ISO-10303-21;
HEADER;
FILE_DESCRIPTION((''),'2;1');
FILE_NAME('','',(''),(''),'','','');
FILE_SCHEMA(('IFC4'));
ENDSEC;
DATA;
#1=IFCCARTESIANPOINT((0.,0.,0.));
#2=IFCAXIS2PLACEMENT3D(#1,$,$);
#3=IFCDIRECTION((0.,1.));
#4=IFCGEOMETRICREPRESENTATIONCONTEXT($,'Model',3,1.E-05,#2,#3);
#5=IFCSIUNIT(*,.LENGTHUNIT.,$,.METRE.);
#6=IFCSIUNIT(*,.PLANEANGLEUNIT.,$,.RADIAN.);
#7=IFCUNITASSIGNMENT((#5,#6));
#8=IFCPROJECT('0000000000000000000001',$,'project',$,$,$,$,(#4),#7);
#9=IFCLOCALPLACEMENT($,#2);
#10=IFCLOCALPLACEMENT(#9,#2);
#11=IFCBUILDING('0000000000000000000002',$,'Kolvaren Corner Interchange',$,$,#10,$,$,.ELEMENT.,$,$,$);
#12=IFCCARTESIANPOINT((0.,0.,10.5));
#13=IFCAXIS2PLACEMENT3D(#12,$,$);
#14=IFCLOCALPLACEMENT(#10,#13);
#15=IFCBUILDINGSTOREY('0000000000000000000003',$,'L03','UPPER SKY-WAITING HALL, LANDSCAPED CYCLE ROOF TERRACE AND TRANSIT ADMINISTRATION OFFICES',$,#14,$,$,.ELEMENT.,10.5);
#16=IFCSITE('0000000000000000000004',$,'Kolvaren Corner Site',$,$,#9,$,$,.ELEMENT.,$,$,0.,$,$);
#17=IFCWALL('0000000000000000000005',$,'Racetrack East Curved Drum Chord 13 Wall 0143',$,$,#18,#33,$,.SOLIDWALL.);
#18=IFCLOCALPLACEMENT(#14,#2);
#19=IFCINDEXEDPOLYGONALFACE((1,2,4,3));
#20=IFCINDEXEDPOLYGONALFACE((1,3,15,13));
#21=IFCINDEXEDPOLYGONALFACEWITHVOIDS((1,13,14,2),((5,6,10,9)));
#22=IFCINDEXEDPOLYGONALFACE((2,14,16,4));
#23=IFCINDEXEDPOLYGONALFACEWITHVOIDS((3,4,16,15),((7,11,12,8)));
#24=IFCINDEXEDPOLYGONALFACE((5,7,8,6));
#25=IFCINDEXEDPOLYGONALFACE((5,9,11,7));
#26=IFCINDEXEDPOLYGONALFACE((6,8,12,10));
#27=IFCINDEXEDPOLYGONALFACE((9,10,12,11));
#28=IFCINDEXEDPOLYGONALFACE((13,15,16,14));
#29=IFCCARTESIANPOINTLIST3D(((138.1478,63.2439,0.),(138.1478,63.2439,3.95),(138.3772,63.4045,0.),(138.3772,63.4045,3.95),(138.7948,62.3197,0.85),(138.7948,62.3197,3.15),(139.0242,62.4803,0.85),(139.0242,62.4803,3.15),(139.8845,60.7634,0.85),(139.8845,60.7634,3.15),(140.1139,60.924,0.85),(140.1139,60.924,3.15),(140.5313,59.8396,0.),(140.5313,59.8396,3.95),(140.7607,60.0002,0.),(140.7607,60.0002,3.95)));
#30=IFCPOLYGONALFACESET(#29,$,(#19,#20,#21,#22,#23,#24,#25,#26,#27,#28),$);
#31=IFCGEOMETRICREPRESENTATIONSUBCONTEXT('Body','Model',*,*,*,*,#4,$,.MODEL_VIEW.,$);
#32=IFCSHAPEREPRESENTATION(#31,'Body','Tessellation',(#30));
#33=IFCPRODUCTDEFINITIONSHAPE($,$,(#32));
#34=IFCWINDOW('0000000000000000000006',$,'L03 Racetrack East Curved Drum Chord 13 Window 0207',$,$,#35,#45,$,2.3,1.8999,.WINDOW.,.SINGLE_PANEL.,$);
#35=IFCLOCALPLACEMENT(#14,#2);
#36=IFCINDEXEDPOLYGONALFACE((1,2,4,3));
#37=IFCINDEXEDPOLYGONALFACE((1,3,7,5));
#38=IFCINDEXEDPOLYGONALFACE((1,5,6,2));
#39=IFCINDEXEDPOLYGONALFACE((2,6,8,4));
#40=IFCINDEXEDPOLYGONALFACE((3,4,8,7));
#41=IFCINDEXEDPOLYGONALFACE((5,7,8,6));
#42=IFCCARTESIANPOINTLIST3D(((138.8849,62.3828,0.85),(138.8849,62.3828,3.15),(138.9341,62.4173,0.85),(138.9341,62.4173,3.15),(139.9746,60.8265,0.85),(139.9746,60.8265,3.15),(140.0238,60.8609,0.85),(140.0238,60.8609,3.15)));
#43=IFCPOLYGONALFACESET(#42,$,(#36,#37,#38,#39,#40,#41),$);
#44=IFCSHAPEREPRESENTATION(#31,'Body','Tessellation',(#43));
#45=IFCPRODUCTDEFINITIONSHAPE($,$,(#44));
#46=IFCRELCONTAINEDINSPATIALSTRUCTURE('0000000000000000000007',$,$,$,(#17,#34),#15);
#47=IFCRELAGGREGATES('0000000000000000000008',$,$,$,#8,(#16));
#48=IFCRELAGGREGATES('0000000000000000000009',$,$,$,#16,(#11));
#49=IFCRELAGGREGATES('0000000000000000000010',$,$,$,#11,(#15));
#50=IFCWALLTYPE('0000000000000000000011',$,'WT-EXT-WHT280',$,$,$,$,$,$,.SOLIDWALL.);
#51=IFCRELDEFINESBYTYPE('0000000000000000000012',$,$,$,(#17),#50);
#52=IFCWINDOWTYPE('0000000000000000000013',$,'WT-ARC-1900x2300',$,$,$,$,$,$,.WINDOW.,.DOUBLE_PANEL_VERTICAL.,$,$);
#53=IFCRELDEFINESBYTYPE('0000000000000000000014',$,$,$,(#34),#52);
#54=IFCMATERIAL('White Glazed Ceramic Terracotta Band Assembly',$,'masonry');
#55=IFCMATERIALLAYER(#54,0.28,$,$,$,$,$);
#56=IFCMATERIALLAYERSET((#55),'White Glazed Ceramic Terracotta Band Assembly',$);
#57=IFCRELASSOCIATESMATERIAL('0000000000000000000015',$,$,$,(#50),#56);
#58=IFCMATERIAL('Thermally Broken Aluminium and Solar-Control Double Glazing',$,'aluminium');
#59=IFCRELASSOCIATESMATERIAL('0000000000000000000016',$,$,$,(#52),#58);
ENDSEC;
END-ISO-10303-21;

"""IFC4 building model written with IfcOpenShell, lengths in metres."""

from ifc_helpers import new_model, si_unit, direction, frame, frame_2d, origin, place, context, subcontext, project, spatial, rectangle, extrude, material, layer, layer_set, type_object, element, fill, save


model = new_model("IFC4")

# Units and contexts
model_context = context("Model", 3, precision=1e-05, world=origin(), true_north=direction((0.0, 1.0)))
body_context = subcontext(model_context, "Body", "Model", "MODEL_VIEW")
ifc_project = project(units=[si_unit("LENGTHUNIT", "METRE"), si_unit("PLANEANGLEUNIT", "RADIAN")], contexts=[model_context])

# Site, building, storey
site_placement = place(None, origin())
site = spatial("IfcSite", under=ifc_project, at=site_placement, Name="Kolvaren Corner Site", CompositionType="ELEMENT", RefElevation=0.0)
building_placement = place(site_placement, origin())
building = spatial("IfcBuilding", under=site, at=building_placement, Name="Kolvaren Corner Interchange", CompositionType="ELEMENT")
storey_placement = place(building_placement, frame((0.0, 0.0, 10.5)))
storey = spatial("IfcBuildingStorey", under=building, at=storey_placement, Name="L03", Description="UPPER SKY-WAITING HALL, LANDSCAPED CYCLE ROOF TERRACE AND TRANSIT ADMINISTRATION OFFICES", CompositionType="ELEMENT", Elevation=10.5)

# Wall, opening, window
ifc_material_1 = material(Name="White Glazed Ceramic Terracotta Band Assembly", Category="masonry")
ifc_layer_1 = layer(ifc_material_1, 0.28)
ifc_layer_set_1 = layer_set([ifc_layer_1], Name="White Glazed Ceramic Terracotta Band Assembly")
wall_type = type_object("IfcWallType", Name="WT-EXT-WHT280", PredefinedType="SOLIDWALL", material=ifc_layer_set_1)
ifc_material_2 = material(Name="Thermally Broken Aluminium and Solar-Control Double Glazing", Category="aluminium")
window_type = type_object("IfcWindowType", Name="WT-ARC-1900x2300", PartitioningType="DOUBLE_PANEL_VERTICAL", PredefinedType="WINDOW", material=ifc_material_2)
wall_1_placement = place(storey_placement, frame((140.646, 59.9199, 0.0), z_axis=(0.0, 0.0, 1.0), x_axis=(-0.573549, 0.819171, 0.0)))
wall_1 = element("IfcWall", 1, at=wall_1_placement, inside=storey, type_object=wall_type, Name="Racetrack East Curved Drum Chord 13 Wall 0143", PredefinedType="SOLIDWALL", context=body_context, shape_type="SweptSolid", body=[
    extrude(rectangle(XDim=4.1558, YDim=0.28, at=frame_2d((2.0779, 0.0))), origin(), (0.0, 0.0, 1.0), 3.95),
])
opening_1_placement = place(wall_1_placement, frame((1.1277, 0.0, 0.8501)))
opening_1 = element("IfcOpeningElement", 2, at=opening_1_placement, cuts=wall_1, PredefinedType="OPENING", context=body_context, shape_type="SweptSolid", body=[
    extrude(rectangle(XDim=1.8999, YDim=2.3, at=frame_2d((0.95, 1.1499))), frame((0.0, 0.1499, 0.0), z_axis=(0.0, -1.0, 0.0), x_axis=(1.0, 0.0, 0.0)), (0.0, 0.0, 1.0), 0.3),
])
window_1_placement = place(opening_1_placement, origin())
window_1 = element("IfcWindow", 3, at=window_1_placement, inside=storey, type_object=window_type, Name="L03 Racetrack East Curved Drum Chord 13 Window 0207", OverallHeight=2.3, OverallWidth=1.8999, PartitioningType="SINGLE_PANEL", PredefinedType="WINDOW", context=body_context, shape_type="SweptSolid", body=[
    extrude(rectangle(XDim=1.8999, YDim=2.3, at=frame_2d((0.95, 1.1499))), frame((0.0, 0.03, 0.0), z_axis=(0.0, -1.0, 0.0), x_axis=(1.0, 0.0, 0.0)), (0.0, 0.0, 1.0), 0.0601),
])
fill(opening_1, window_1)

save(model, "model.ifc")
